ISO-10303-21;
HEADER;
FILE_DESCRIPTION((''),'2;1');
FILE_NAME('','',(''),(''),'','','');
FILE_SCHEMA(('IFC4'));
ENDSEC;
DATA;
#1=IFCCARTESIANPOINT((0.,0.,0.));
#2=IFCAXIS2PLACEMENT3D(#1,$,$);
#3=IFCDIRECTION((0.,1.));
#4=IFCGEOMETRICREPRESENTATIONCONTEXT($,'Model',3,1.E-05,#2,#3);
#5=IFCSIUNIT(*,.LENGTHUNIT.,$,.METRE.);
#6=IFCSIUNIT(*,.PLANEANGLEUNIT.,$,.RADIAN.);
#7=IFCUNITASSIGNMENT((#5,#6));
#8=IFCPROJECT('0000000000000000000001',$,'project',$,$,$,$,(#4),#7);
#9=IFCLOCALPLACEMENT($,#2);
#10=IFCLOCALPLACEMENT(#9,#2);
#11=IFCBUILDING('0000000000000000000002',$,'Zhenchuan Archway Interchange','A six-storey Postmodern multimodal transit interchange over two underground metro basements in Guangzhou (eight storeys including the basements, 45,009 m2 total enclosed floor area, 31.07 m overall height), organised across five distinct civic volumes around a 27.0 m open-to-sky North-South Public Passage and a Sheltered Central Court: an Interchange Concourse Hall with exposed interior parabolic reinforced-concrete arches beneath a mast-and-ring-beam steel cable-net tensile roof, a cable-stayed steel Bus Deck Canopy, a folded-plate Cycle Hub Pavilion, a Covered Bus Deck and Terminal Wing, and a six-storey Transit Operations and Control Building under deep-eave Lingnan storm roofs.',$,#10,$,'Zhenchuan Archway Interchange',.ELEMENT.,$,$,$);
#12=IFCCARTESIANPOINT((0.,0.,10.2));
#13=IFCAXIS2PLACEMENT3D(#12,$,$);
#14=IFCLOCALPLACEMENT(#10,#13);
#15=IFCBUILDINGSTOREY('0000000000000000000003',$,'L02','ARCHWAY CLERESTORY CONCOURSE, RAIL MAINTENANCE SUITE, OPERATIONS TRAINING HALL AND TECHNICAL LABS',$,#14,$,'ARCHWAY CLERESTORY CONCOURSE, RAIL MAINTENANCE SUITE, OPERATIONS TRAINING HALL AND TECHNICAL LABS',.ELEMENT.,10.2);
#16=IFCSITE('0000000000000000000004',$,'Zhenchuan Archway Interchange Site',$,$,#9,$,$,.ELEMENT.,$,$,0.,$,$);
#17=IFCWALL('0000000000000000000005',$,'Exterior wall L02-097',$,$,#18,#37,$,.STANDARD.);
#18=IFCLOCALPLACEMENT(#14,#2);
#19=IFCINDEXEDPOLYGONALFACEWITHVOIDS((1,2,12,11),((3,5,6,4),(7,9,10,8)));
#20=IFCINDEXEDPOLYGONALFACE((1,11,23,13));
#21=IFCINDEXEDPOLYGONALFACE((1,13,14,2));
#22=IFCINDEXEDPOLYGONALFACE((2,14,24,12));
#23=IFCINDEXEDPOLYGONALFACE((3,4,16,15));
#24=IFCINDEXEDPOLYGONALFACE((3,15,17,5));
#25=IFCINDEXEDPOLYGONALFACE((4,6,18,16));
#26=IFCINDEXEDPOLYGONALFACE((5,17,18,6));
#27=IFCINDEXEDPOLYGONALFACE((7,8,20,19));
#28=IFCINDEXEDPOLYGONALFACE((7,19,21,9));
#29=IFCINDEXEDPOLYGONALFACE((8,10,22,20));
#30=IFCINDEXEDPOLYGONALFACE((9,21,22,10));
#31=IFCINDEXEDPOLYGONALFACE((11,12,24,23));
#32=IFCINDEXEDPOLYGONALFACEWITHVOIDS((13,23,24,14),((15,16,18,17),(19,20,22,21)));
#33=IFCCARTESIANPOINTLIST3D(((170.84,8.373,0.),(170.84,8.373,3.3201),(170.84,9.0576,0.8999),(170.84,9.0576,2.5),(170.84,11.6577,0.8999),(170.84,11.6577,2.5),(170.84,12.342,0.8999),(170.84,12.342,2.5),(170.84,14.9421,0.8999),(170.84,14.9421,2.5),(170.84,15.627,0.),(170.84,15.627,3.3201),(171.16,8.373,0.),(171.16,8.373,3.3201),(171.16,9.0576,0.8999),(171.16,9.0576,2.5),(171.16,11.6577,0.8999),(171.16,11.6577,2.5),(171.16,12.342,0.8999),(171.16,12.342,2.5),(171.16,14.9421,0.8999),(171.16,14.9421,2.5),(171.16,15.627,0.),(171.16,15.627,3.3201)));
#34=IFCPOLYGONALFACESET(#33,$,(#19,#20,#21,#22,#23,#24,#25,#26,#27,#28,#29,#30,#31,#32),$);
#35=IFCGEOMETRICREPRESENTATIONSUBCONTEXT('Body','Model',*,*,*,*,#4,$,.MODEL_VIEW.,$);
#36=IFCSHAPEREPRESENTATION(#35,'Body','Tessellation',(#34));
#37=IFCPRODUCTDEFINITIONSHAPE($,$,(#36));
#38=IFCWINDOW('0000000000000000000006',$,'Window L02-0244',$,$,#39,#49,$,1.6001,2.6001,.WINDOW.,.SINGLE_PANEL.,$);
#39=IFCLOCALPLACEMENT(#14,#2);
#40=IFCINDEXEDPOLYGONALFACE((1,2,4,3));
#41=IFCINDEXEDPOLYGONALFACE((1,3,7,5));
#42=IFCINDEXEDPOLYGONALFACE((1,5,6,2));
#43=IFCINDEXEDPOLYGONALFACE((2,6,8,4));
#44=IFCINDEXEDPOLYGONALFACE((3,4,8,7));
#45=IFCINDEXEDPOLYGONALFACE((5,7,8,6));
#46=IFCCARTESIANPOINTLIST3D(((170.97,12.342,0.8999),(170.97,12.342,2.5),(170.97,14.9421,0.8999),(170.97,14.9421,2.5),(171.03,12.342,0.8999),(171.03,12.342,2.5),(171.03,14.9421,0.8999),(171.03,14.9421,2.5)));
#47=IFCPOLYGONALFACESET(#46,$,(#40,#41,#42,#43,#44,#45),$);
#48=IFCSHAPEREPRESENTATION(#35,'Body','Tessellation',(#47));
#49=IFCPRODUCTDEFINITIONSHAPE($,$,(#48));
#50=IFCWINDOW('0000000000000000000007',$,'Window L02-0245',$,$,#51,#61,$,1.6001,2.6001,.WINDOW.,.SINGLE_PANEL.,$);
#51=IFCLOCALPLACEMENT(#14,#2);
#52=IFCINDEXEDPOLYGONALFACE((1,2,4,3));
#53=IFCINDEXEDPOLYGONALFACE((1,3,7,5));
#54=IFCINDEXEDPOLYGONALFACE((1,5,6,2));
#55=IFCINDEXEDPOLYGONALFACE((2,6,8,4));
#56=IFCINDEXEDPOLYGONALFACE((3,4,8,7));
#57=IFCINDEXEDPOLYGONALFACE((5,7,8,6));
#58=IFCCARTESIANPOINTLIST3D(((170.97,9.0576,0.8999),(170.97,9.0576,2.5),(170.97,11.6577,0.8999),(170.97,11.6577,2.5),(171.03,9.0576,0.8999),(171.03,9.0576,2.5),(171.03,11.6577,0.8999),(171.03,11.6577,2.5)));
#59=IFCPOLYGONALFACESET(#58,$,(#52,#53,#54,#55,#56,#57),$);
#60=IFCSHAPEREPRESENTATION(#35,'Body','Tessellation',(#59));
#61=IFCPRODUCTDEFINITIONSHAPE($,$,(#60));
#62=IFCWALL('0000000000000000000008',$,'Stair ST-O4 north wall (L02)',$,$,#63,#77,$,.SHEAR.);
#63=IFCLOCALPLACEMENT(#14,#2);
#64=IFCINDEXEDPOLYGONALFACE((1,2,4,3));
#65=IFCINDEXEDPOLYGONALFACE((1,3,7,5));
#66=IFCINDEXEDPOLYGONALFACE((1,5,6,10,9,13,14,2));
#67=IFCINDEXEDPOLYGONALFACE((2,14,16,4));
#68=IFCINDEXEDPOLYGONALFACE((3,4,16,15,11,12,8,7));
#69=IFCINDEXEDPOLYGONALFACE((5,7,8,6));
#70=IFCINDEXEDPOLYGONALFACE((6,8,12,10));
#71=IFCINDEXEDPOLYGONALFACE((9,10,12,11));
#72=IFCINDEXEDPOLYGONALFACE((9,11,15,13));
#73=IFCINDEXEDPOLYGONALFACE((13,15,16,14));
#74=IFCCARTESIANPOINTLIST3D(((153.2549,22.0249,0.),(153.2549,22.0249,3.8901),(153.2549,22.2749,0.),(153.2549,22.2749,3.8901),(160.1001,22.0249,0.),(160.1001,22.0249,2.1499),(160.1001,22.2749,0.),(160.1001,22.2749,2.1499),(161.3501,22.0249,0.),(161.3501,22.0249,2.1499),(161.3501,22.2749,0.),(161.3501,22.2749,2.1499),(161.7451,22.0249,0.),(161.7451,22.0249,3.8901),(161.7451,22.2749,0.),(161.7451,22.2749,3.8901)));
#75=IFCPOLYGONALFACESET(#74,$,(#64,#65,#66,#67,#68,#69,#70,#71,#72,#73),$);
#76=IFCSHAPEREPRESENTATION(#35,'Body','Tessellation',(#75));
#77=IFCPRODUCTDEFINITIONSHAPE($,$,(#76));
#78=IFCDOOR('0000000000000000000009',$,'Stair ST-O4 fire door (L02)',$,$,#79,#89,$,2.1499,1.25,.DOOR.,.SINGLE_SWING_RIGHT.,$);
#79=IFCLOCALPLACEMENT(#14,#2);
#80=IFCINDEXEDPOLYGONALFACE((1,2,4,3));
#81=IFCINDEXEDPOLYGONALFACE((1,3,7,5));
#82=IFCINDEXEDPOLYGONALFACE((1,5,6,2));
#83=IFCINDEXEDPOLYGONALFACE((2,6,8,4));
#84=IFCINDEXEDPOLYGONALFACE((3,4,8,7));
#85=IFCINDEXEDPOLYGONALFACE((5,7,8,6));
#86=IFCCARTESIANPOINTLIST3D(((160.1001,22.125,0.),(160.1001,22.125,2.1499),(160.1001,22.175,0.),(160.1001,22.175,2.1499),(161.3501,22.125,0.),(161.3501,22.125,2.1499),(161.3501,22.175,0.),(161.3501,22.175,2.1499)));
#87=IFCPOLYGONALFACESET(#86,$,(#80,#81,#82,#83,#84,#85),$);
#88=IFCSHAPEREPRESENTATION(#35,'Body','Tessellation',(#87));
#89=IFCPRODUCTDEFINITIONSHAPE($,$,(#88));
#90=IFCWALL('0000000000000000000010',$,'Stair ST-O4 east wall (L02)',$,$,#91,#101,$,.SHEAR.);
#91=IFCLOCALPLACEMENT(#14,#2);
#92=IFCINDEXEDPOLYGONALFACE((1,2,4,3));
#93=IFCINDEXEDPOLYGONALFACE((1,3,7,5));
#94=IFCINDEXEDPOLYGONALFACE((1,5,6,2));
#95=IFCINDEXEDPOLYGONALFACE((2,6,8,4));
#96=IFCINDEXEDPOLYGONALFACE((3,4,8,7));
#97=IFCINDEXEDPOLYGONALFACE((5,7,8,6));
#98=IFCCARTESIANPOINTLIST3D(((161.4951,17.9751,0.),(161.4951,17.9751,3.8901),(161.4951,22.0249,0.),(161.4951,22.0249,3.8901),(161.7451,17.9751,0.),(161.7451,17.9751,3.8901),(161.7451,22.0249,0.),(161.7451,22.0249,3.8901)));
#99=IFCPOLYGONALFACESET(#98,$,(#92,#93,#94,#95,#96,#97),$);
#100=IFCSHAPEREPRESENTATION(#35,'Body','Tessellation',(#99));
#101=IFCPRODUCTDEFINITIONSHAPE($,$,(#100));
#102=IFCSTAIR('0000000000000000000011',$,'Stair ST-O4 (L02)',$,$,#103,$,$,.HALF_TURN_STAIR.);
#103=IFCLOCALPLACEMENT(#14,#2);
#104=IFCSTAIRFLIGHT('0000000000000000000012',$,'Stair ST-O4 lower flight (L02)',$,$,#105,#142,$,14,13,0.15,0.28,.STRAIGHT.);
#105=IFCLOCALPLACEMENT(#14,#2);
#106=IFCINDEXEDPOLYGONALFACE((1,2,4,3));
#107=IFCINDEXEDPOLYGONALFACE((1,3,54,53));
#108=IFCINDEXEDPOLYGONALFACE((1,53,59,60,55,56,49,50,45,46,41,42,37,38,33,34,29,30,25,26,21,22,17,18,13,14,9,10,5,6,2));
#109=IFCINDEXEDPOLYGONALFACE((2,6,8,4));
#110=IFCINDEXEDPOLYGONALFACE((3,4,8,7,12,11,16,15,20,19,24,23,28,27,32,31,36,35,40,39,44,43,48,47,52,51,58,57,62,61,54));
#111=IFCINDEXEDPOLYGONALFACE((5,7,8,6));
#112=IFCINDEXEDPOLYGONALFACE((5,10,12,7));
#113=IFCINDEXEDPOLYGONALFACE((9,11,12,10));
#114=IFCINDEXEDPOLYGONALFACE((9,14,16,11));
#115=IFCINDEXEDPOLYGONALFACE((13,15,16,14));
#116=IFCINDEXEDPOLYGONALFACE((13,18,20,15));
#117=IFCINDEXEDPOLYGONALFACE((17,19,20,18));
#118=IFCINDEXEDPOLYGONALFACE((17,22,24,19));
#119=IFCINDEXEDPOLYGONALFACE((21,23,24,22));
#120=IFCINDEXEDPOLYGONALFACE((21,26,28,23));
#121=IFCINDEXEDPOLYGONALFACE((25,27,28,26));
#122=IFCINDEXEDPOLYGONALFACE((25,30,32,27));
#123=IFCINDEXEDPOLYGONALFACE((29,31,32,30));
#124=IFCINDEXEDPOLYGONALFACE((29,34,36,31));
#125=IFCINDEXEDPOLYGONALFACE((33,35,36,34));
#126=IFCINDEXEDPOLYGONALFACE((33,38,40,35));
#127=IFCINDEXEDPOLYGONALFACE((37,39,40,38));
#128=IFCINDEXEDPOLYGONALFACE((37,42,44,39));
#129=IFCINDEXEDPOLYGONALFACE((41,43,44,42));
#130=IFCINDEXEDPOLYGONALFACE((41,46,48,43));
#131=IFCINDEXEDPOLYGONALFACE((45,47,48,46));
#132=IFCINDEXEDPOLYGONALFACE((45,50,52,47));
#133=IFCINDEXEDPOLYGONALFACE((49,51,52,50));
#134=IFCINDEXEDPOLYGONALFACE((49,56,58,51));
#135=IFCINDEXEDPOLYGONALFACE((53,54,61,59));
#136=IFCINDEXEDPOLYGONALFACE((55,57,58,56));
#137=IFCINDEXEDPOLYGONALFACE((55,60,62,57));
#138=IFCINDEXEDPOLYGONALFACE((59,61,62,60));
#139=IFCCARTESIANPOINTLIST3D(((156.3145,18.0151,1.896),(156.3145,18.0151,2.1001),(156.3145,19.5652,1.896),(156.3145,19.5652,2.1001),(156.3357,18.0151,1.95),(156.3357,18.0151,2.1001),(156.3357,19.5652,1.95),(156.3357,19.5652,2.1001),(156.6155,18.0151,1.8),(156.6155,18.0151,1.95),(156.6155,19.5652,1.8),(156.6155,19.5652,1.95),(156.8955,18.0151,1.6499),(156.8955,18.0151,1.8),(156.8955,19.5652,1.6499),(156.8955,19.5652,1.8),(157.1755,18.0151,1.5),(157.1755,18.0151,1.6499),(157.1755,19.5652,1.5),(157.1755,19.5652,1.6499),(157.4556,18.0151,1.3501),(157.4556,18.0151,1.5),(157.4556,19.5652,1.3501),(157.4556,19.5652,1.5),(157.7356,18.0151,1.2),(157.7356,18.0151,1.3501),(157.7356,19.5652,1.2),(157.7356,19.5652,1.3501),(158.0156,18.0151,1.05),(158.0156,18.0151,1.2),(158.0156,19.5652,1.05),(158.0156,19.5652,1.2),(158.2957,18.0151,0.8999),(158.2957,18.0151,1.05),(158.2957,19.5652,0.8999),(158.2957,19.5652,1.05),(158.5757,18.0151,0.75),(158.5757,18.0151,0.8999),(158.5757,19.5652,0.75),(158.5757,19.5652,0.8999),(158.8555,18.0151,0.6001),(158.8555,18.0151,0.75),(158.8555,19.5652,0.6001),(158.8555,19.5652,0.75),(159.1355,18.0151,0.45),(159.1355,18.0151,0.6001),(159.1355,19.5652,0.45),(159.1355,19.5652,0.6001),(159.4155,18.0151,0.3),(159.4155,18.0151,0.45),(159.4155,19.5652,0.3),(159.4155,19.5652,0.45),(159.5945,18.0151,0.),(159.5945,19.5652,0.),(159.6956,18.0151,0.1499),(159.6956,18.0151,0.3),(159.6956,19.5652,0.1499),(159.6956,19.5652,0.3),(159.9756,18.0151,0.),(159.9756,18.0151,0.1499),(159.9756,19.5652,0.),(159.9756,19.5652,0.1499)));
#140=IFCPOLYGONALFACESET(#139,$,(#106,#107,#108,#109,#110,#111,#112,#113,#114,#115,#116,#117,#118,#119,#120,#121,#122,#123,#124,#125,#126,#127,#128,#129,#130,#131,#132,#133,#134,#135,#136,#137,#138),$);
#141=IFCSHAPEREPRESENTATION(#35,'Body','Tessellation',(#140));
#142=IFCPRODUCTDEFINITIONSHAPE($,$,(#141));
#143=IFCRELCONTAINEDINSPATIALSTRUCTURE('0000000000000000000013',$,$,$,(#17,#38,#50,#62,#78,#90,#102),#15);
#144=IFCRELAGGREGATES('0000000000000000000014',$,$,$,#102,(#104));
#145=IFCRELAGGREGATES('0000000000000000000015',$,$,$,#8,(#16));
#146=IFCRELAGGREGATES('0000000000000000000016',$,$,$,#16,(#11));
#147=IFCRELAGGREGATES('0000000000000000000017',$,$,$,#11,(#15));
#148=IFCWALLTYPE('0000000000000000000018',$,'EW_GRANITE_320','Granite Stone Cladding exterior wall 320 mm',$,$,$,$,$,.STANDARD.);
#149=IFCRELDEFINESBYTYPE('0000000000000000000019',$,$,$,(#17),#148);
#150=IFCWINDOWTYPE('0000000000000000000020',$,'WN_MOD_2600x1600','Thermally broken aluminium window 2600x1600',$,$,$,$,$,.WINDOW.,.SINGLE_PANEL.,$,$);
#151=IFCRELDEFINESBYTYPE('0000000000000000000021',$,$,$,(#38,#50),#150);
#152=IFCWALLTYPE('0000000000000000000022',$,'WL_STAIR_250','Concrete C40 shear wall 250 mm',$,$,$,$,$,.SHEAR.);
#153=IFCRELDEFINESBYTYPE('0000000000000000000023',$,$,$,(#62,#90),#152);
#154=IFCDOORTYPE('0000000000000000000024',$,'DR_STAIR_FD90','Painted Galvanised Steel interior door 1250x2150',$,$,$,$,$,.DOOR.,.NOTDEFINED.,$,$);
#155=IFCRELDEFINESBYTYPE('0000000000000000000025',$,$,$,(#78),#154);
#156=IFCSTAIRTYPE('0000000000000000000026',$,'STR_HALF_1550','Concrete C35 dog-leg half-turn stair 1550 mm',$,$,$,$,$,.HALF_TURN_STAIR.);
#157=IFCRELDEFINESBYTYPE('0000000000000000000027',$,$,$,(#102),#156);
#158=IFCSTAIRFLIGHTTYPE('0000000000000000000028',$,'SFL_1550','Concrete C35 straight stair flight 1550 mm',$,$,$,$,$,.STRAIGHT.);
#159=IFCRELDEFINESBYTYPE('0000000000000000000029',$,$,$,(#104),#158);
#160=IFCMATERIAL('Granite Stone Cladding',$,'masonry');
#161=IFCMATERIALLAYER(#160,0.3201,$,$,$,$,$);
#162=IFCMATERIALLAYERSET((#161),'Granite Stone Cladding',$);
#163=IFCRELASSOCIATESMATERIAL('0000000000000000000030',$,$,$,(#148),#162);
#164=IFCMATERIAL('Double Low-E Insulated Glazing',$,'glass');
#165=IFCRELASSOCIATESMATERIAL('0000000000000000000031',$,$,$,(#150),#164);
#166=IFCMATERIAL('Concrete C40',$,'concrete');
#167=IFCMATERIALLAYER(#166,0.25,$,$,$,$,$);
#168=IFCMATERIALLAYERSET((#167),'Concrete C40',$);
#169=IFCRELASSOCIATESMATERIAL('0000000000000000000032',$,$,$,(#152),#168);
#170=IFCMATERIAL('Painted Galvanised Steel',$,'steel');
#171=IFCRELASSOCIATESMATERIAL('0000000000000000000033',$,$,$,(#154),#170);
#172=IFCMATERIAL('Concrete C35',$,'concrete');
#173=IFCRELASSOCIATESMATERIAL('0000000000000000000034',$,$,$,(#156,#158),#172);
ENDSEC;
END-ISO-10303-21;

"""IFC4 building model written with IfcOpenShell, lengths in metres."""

from ifc_helpers import new_model, si_unit, direction, frame, frame_2d, origin, place, context, subcontext, project, spatial, polyline, rectangle, outline, extrude, material, layer, layer_set, type_object, element, fill, aggregate, save


model = new_model("IFC4")

# Units and contexts
model_context = context("Model", 3, precision=1e-05, world=origin(), true_north=direction((0.0, 1.0)))
body_context = subcontext(model_context, "Body", "Model", "MODEL_VIEW")
ifc_project = project(units=[si_unit("LENGTHUNIT", "METRE"), si_unit("PLANEANGLEUNIT", "RADIAN")], contexts=[model_context])

# Site, building, storey
site_placement = place(None, origin())
site = spatial("IfcSite", under=ifc_project, at=site_placement, Name="Zhenchuan Archway Interchange Site", CompositionType="ELEMENT", RefElevation=0.0)
building_placement = place(site_placement, origin())
building = spatial("IfcBuilding", under=site, at=building_placement, Name="Zhenchuan Archway Interchange", Description="A six-storey Postmodern multimodal transit interchange over two underground metro basements in Guangzhou (eight storeys including the basements, 45,009 m2 total enclosed floor area, 31.07 m overall height), organised across five distinct civic volumes around a 27.0 m open-to-sky North-South Public Passage and a Sheltered Central Court: an Interchange Concourse Hall with exposed interior parabolic reinforced-concrete arches beneath a mast-and-ring-beam steel cable-net tensile roof, a cable-stayed steel Bus Deck Canopy, a folded-plate Cycle Hub Pavilion, a Covered Bus Deck and Terminal Wing, and a six-storey Transit Operations and Control Building under deep-eave Lingnan storm roofs.", LongName="Zhenchuan Archway Interchange", CompositionType="ELEMENT")
storey_placement = place(building_placement, frame((0.0, 0.0, 10.2)))
storey = spatial("IfcBuildingStorey", under=building, at=storey_placement, Name="L02", Description="ARCHWAY CLERESTORY CONCOURSE, RAIL MAINTENANCE SUITE, OPERATIONS TRAINING HALL AND TECHNICAL LABS", LongName="ARCHWAY CLERESTORY CONCOURSE, RAIL MAINTENANCE SUITE, OPERATIONS TRAINING HALL AND TECHNICAL LABS", CompositionType="ELEMENT", Elevation=10.2)

# Shared definitions
ifc_material_1 = material(Name="Concrete C40", Category="concrete")

# Shared definitions
ifc_material_2 = material(Name="Double Low-E Insulated Glazing", Category="glass")

# Wall, openings, windows
ifc_material_3 = material(Name="Granite Stone Cladding", Category="masonry")
ifc_layer_1 = layer(ifc_material_3, 0.3201)
ifc_layer_set_1 = layer_set([ifc_layer_1], Name="Granite Stone Cladding")
wall_type_1 = type_object("IfcWallType", Name="EW_GRANITE_320", Description="Granite Stone Cladding exterior wall 320 mm", PredefinedType="STANDARD", material=ifc_layer_set_1)
wall_1_placement = place(storey_placement, frame((171.0, 15.627, 0.0), z_axis=(0.0, 0.0, 1.0), x_axis=(0.0, -1.0, 0.0)))
wall_1 = element("IfcWall", 1, at=wall_1_placement, inside=storey, type_object=wall_type_1, Name="Exterior wall L02-097", PredefinedType="STANDARD", context=body_context, shape_type="SweptSolid", body=[
    extrude(rectangle(XDim=7.2539, YDim=0.3201, at=frame_2d((3.627, 0.0))), origin(), (0.0, 0.0, 1.0), 3.3201),
])
opening_1_placement = place(wall_1_placement, frame((0.6848, 0.0, 0.8999)))
opening_1 = element("IfcOpeningElement", 2, at=opening_1_placement, cuts=wall_1, PredefinedType="OPENING", context=body_context, shape_type="SweptSolid", body=[
    extrude(rectangle(XDim=2.6001, YDim=1.6001, at=frame_2d((1.3, 0.8))), frame((0.0, 0.1719, 0.0), z_axis=(0.0, -1.0, 0.0), x_axis=(1.0, 0.0, 0.0)), (0.0, 0.0, 1.0), 0.344),
])
opening_2_placement = place(wall_1_placement, frame((3.9692, 0.0, 0.8999)))
opening_2 = element("IfcOpeningElement", 3, at=opening_2_placement, cuts=wall_1, PredefinedType="OPENING", context=body_context, shape_type="SweptSolid", body=[
    extrude(rectangle(XDim=2.6001, YDim=1.6001, at=frame_2d((1.3, 0.8))), frame((0.0, 0.1719, 0.0), z_axis=(0.0, -1.0, 0.0), x_axis=(1.0, 0.0, 0.0)), (0.0, 0.0, 1.0), 0.344),
])
window_type = type_object("IfcWindowType", Name="WN_MOD_2600x1600", Description="Thermally broken aluminium window 2600x1600", PartitioningType="SINGLE_PANEL", PredefinedType="WINDOW", material=ifc_material_2)
window_1_placement = place(opening_1_placement, origin())
window_1 = element("IfcWindow", 4, at=window_1_placement, inside=storey, type_object=window_type, Name="Window L02-0244", OverallHeight=1.6001, OverallWidth=2.6001, PartitioningType="SINGLE_PANEL", PredefinedType="WINDOW", context=body_context, shape_type="SweptSolid", body=[
    extrude(rectangle(XDim=2.6001, YDim=1.6001, at=frame_2d((1.3, 0.8))), frame((0.0, 0.03, 0.0), z_axis=(0.0, -1.0, 0.0), x_axis=(1.0, 0.0, 0.0)), (0.0, 0.0, 1.0), 0.0601),
])
fill(opening_1, window_1)
window_2_placement = place(opening_2_placement, origin())
window_2 = element("IfcWindow", 5, at=window_2_placement, inside=storey, type_object=window_type, Name="Window L02-0245", OverallHeight=1.6001, OverallWidth=2.6001, PartitioningType="SINGLE_PANEL", PredefinedType="WINDOW", context=body_context, shape_type="SweptSolid", body=[
    extrude(rectangle(XDim=2.6001, YDim=1.6001, at=frame_2d((1.3, 0.8))), frame((0.0, 0.03, 0.0), z_axis=(0.0, -1.0, 0.0), x_axis=(1.0, 0.0, 0.0)), (0.0, 0.0, 1.0), 0.0601),
])
fill(opening_2, window_2)

# Wall, opening, door
ifc_layer_2 = layer(ifc_material_1, 0.25)
ifc_layer_set_2 = layer_set([ifc_layer_2], Name="Concrete C40")
wall_type_2 = type_object("IfcWallType", Name="WL_STAIR_250", Description="Concrete C40 shear wall 250 mm", PredefinedType="SHEAR", material=ifc_layer_set_2)
wall_2_placement = place(storey_placement, frame((161.7451, 22.1499, 0.0), z_axis=(0.0, 0.0, 1.0), x_axis=(-1.0, 0.0, 0.0)))
wall_2 = element("IfcWall", 6, at=wall_2_placement, inside=storey, type_object=wall_type_2, Name="Stair ST-O4 north wall (L02)", PredefinedType="SHEAR", context=body_context, shape_type="SweptSolid", body=[
    extrude(rectangle(XDim=8.4902, YDim=0.25, at=frame_2d((4.2451, 0.0))), origin(), (0.0, 0.0, 1.0), 3.8901),
])
opening_3_placement = place(wall_2_placement, frame((0.395, 0.0, 0.0)))
opening_3 = element("IfcOpeningElement", 7, at=opening_3_placement, cuts=wall_2, PredefinedType="OPENING", context=body_context, shape_type="SweptSolid", body=[
    extrude(rectangle(XDim=1.25, YDim=2.1499, at=frame_2d((0.625, 1.075))), frame((0.0, 0.137, 0.0), z_axis=(0.0, -1.0, 0.0), x_axis=(1.0, 0.0, 0.0)), (0.0, 0.0, 1.0), 0.2739),
])
ifc_material_4 = material(Name="Painted Galvanised Steel", Category="steel")
door_type = type_object("IfcDoorType", Name="DR_STAIR_FD90", Description="Painted Galvanised Steel interior door 1250x2150", OperationType="NOTDEFINED", PredefinedType="DOOR", material=ifc_material_4)
door_placement = place(opening_3_placement, origin())
door = element("IfcDoor", 8, at=door_placement, inside=storey, type_object=door_type, Name="Stair ST-O4 fire door (L02)", OperationType="SINGLE_SWING_RIGHT", OverallHeight=2.1499, OverallWidth=1.25, PredefinedType="DOOR", context=body_context, shape_type="SweptSolid", body=[
    extrude(rectangle(XDim=1.25, YDim=2.1499, at=frame_2d((0.625, 1.075))), frame((0.0, 0.0249, 0.0), z_axis=(0.0, -1.0, 0.0), x_axis=(1.0, 0.0, 0.0)), (0.0, 0.0, 1.0), 0.05),
])
fill(opening_3, door)

# Wall
wall_3_placement = place(storey_placement, frame((161.6201, 17.9751, 0.0), z_axis=(0.0, 0.0, 1.0), x_axis=(0.0, 1.0, 0.0)))
element("IfcWall", 9, at=wall_3_placement, inside=storey, type_object=wall_type_2, Name="Stair ST-O4 east wall (L02)", PredefinedType="SHEAR", context=body_context, shape_type="SweptSolid", body=[
    extrude(rectangle(XDim=4.0498, YDim=0.25, at=frame_2d((2.0249, 0.0))), origin(), (0.0, 0.0, 1.0), 3.8901),
])

# Stair, stair flight
ifc_material_5 = material(Name="Concrete C35", Category="concrete")
stair_type = type_object("IfcStairType", Name="STR_HALF_1550", Description="Concrete C35 dog-leg half-turn stair 1550 mm", PredefinedType="HALF_TURN_STAIR", material=ifc_material_5)
stair_placement = place(storey_placement, origin())
stair = element("IfcStair", 10, at=stair_placement, inside=storey, type_object=stair_type, Name="Stair ST-O4 (L02)", PredefinedType="HALF_TURN_STAIR")
stair_flight_type = type_object("IfcStairFlightType", Name="SFL_1550", Description="Concrete C35 straight stair flight 1550 mm", PredefinedType="STRAIGHT", material=ifc_material_5)
stair_flight_placement = place(storey_placement, frame((159.9756, 18.79, 0.0), z_axis=(0.0, 0.0, 1.0), x_axis=(-1.0, 0.0, 0.0)))
stair_flight = element("IfcStairFlight", 11, at=stair_flight_placement, type_object=stair_flight_type, Name="Stair ST-O4 lower flight (L02)", NumberOfRisers=14, NumberOfTreads=13, PredefinedType="STRAIGHT", RiserHeight=0.15, TreadLength=0.28, context=body_context, shape_type="SweptSolid", body=[
    extrude(outline(polyline([(0.0, 0.0), (0.0, 0.1499), (0.28, 0.1499), (0.28, 0.3), (0.5601, 0.3), (0.5601, 0.45), (0.8401, 0.45), (0.8401, 0.6001), (1.1201, 0.6001), (1.1201, 0.75), (1.3999, 0.75), (1.3999, 0.8999), (1.6799, 0.8999), (1.6799, 1.05), (1.96, 1.05), (1.96, 1.2), (2.24, 1.2), (2.24, 1.3501), (2.52, 1.3501), (2.52, 1.5), (2.8, 1.5), (2.8, 1.6499), (3.0801, 1.6499), (3.0801, 1.8), (3.3601, 1.8), (3.3601, 1.95), (3.6399, 1.95), (3.6399, 2.1001), (3.6611, 2.1001), (3.6611, 1.896), (0.3811, 0.0), (0.0, 0.0)])), frame((0.0, 0.7749, 0.0), z_axis=(0.0, -1.0, 0.0), x_axis=(1.0, 0.0, 0.0)), (0.0, 0.0, 1.0), 1.55),
])
aggregate(stair, [stair_flight])

save(model, "model.ifc")
